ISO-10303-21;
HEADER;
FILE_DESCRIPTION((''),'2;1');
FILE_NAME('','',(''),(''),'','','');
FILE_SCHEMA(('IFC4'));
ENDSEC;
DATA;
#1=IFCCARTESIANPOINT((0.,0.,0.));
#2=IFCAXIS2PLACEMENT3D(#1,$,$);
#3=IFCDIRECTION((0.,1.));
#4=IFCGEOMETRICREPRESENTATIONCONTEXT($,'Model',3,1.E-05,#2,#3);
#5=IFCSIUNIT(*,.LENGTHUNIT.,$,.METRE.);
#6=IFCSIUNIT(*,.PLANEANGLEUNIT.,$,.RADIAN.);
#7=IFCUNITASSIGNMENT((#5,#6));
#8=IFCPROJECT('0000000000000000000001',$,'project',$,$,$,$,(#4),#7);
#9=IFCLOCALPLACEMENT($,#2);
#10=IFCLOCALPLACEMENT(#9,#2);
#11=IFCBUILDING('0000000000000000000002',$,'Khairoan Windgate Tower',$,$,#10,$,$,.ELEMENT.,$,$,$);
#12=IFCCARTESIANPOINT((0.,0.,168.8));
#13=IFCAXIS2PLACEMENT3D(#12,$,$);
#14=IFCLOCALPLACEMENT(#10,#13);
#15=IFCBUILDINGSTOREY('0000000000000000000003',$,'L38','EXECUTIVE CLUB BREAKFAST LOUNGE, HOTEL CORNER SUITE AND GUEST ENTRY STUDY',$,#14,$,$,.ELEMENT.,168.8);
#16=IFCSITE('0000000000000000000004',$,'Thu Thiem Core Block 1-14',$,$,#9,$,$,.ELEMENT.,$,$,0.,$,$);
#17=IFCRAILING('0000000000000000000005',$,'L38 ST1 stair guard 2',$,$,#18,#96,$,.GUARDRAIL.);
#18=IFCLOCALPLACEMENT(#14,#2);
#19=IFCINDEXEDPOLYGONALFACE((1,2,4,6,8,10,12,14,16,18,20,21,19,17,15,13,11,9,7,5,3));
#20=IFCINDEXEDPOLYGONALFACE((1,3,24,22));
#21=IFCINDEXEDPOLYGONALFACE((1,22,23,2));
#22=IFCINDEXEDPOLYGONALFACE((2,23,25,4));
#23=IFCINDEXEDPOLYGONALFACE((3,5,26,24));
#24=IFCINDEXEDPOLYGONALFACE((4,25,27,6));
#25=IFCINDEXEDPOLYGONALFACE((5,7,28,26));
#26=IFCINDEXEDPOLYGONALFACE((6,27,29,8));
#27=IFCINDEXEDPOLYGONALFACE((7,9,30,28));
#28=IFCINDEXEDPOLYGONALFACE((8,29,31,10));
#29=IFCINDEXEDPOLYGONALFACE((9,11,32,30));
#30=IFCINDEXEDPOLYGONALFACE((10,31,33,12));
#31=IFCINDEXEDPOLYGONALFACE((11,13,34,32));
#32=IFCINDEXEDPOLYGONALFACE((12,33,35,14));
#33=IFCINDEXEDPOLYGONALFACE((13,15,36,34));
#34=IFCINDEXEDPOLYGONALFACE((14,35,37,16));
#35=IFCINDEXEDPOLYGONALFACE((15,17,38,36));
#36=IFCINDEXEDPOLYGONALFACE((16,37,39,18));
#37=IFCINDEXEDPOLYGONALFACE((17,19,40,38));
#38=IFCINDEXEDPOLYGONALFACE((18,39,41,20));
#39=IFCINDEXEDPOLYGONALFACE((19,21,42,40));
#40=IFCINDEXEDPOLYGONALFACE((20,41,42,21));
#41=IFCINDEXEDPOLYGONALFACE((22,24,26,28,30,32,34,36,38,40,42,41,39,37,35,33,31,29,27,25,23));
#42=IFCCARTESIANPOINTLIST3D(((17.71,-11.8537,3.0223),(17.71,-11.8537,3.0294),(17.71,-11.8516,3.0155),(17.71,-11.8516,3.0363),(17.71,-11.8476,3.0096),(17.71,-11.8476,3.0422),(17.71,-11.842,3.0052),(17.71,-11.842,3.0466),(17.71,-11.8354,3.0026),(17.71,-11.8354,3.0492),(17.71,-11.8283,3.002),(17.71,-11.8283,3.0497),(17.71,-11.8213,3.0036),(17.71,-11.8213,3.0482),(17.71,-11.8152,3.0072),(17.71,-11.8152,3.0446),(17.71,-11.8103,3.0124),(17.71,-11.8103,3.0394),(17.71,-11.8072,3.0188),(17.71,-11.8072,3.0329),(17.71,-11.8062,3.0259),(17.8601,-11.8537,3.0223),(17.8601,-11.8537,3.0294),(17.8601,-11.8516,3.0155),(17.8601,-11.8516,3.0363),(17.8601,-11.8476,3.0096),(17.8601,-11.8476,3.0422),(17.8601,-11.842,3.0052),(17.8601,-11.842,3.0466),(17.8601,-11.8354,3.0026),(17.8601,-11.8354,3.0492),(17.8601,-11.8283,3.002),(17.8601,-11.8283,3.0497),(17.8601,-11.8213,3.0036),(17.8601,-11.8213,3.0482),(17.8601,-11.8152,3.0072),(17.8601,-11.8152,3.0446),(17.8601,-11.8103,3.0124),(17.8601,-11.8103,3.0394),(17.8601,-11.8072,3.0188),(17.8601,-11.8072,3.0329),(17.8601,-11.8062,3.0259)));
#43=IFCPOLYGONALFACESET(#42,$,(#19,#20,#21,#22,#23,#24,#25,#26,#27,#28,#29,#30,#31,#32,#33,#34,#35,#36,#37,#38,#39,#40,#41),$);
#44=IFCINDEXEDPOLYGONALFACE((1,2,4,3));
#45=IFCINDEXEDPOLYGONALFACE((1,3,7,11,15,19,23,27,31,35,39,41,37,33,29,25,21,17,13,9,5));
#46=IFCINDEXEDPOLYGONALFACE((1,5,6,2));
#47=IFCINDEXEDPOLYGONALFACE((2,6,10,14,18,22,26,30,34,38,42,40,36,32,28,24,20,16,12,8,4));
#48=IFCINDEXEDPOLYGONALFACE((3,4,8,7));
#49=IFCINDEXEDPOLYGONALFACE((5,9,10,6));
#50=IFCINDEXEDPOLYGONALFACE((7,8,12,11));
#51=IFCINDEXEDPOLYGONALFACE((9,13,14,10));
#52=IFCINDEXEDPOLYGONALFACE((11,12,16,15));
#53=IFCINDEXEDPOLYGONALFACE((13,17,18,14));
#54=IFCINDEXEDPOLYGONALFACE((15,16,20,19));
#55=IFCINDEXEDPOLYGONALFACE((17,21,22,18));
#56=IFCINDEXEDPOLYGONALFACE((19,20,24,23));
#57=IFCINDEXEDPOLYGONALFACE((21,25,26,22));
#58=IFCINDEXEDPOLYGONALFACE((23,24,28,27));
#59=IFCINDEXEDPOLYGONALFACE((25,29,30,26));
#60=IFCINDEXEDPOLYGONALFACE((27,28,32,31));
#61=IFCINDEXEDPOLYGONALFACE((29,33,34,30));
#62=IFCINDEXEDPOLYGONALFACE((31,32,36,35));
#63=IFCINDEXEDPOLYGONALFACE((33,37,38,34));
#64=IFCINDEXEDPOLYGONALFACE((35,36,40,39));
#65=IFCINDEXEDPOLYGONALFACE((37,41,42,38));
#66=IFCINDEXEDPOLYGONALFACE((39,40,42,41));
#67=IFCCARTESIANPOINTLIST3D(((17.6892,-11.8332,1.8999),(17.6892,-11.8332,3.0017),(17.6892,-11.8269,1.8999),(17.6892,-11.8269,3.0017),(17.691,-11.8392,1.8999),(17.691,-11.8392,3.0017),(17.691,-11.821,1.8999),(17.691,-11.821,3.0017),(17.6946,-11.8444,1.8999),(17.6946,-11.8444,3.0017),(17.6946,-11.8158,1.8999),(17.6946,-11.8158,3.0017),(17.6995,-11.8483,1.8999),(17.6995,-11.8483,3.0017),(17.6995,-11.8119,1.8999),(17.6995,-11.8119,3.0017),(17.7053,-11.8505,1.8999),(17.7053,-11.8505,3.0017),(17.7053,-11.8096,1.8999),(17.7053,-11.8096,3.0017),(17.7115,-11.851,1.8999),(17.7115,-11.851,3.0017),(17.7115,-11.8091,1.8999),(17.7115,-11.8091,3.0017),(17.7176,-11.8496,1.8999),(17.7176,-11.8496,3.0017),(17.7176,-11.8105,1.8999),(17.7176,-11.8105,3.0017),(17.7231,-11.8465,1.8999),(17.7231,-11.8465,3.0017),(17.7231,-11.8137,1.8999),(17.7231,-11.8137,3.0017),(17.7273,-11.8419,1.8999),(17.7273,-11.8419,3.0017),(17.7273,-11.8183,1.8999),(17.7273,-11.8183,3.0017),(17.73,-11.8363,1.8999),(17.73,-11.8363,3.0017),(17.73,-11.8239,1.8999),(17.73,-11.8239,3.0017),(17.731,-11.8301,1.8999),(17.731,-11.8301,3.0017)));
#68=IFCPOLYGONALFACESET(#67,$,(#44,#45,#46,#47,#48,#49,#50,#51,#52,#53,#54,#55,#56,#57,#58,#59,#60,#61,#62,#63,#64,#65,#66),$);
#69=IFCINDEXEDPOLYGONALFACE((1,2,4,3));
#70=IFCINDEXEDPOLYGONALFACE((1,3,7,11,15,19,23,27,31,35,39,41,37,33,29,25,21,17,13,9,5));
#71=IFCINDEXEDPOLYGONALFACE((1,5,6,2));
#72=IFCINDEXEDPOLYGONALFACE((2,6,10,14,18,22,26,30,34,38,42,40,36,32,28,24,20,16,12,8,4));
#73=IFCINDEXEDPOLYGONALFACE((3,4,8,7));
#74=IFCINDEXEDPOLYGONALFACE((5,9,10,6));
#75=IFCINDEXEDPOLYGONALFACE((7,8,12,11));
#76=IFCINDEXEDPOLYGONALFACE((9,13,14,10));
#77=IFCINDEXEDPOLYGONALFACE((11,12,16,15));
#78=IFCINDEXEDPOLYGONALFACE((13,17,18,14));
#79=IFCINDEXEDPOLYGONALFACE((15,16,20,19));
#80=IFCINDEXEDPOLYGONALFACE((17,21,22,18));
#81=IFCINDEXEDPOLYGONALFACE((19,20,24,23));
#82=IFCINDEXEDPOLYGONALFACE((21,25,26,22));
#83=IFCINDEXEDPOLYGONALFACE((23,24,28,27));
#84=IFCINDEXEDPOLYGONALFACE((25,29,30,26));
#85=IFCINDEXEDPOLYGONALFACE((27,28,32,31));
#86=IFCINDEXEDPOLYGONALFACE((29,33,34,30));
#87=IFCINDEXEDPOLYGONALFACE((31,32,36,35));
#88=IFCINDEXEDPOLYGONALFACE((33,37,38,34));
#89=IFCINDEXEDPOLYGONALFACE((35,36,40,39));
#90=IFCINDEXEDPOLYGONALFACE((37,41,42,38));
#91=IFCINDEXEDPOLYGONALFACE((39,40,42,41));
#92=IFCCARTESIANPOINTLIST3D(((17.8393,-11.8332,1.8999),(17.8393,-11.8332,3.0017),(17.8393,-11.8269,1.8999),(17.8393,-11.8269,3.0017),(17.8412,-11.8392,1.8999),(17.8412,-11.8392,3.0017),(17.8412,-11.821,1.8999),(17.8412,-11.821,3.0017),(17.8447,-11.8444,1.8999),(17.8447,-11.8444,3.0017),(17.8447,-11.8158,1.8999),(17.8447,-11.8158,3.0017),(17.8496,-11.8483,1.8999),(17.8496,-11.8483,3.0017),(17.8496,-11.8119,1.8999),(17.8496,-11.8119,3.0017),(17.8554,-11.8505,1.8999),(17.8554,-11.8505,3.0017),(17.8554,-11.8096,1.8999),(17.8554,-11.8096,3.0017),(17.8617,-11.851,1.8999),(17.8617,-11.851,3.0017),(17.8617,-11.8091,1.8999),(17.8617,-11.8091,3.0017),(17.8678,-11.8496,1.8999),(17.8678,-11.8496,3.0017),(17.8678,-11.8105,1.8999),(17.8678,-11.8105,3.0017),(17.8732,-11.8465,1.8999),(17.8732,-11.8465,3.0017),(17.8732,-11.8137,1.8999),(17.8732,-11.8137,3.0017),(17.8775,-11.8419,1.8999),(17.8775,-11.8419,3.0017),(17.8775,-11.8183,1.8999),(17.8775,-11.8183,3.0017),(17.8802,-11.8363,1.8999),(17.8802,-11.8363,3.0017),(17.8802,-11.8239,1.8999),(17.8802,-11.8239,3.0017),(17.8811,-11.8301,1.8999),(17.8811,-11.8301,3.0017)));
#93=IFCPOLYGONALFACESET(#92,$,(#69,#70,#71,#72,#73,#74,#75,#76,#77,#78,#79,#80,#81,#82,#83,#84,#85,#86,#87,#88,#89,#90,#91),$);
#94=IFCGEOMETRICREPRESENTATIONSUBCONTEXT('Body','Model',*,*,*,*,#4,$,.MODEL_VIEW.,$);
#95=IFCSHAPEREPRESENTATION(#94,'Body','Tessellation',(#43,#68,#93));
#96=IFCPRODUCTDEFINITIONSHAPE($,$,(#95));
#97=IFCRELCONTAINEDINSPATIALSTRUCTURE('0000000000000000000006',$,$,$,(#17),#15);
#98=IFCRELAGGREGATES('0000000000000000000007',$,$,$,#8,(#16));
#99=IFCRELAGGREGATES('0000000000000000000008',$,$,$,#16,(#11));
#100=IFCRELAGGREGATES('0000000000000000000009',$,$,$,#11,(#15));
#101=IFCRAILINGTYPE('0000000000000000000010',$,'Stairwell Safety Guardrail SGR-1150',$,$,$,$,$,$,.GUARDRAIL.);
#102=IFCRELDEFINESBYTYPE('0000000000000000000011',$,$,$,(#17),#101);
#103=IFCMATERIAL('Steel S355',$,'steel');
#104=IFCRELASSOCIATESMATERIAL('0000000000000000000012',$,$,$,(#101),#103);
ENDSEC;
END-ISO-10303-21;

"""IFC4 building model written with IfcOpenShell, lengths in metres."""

from ifc_helpers import new_model, si_unit, direction, frame, origin, origin_2d, place, context, subcontext, project, spatial, circle, extrude, material, type_object, element, save


model = new_model("IFC4")

# Units and contexts
model_context = context("Model", 3, precision=1e-05, world=origin(), true_north=direction((0.0, 1.0)))
body_context = subcontext(model_context, "Body", "Model", "MODEL_VIEW")
ifc_project = project(units=[si_unit("LENGTHUNIT", "METRE"), si_unit("PLANEANGLEUNIT", "RADIAN")], contexts=[model_context])

# Site, building, storey
site_placement = place(None, origin())
site = spatial("IfcSite", under=ifc_project, at=site_placement, Name="Thu Thiem Core Block 1-14", CompositionType="ELEMENT", RefElevation=0.0)
building_placement = place(site_placement, origin())
building = spatial("IfcBuilding", under=site, at=building_placement, Name="Khairoan Windgate Tower", CompositionType="ELEMENT")
storey_placement = place(building_placement, frame((0.0, 0.0, 168.8)))
storey = spatial("IfcBuildingStorey", under=building, at=storey_placement, Name="L38", Description="EXECUTIVE CLUB BREAKFAST LOUNGE, HOTEL CORNER SUITE AND GUEST ENTRY STUDY", CompositionType="ELEMENT", Elevation=168.8)

# Railing
ifc_material_1 = material(Name="Steel S355", Category="steel")
railing_type = type_object("IfcRailingType", Name="Stairwell Safety Guardrail SGR-1150", PredefinedType="GUARDRAIL", material=ifc_material_1)
railing_1_placement = place(storey_placement, frame((17.71, -11.8301, 1.8999)))
element("IfcRailing", 1, at=railing_1_placement, inside=storey, type_object=railing_type, Name="L38 ST1 stair guard 2", PredefinedType="GUARDRAIL", context=body_context, shape_type="SweptSolid", body=[
    extrude(circle(Radius=0.0239, at=origin_2d()), frame((0.0, 0.0, 1.126), z_axis=(1.0, 0.0, 0.0), x_axis=(0.0, 1.0, 0.0)), (0.0, 0.0, 1.0), 0.1501),
    extrude(circle(Radius=0.021, at=origin_2d()), origin(), (0.0, 0.0, 1.0), 1.1018),
    extrude(circle(Radius=0.021, at=origin_2d()), frame((0.1501, 0.0, 0.0)), (0.0, 0.0, 1.0), 1.1018),
])

save(model, "model.ifc")
